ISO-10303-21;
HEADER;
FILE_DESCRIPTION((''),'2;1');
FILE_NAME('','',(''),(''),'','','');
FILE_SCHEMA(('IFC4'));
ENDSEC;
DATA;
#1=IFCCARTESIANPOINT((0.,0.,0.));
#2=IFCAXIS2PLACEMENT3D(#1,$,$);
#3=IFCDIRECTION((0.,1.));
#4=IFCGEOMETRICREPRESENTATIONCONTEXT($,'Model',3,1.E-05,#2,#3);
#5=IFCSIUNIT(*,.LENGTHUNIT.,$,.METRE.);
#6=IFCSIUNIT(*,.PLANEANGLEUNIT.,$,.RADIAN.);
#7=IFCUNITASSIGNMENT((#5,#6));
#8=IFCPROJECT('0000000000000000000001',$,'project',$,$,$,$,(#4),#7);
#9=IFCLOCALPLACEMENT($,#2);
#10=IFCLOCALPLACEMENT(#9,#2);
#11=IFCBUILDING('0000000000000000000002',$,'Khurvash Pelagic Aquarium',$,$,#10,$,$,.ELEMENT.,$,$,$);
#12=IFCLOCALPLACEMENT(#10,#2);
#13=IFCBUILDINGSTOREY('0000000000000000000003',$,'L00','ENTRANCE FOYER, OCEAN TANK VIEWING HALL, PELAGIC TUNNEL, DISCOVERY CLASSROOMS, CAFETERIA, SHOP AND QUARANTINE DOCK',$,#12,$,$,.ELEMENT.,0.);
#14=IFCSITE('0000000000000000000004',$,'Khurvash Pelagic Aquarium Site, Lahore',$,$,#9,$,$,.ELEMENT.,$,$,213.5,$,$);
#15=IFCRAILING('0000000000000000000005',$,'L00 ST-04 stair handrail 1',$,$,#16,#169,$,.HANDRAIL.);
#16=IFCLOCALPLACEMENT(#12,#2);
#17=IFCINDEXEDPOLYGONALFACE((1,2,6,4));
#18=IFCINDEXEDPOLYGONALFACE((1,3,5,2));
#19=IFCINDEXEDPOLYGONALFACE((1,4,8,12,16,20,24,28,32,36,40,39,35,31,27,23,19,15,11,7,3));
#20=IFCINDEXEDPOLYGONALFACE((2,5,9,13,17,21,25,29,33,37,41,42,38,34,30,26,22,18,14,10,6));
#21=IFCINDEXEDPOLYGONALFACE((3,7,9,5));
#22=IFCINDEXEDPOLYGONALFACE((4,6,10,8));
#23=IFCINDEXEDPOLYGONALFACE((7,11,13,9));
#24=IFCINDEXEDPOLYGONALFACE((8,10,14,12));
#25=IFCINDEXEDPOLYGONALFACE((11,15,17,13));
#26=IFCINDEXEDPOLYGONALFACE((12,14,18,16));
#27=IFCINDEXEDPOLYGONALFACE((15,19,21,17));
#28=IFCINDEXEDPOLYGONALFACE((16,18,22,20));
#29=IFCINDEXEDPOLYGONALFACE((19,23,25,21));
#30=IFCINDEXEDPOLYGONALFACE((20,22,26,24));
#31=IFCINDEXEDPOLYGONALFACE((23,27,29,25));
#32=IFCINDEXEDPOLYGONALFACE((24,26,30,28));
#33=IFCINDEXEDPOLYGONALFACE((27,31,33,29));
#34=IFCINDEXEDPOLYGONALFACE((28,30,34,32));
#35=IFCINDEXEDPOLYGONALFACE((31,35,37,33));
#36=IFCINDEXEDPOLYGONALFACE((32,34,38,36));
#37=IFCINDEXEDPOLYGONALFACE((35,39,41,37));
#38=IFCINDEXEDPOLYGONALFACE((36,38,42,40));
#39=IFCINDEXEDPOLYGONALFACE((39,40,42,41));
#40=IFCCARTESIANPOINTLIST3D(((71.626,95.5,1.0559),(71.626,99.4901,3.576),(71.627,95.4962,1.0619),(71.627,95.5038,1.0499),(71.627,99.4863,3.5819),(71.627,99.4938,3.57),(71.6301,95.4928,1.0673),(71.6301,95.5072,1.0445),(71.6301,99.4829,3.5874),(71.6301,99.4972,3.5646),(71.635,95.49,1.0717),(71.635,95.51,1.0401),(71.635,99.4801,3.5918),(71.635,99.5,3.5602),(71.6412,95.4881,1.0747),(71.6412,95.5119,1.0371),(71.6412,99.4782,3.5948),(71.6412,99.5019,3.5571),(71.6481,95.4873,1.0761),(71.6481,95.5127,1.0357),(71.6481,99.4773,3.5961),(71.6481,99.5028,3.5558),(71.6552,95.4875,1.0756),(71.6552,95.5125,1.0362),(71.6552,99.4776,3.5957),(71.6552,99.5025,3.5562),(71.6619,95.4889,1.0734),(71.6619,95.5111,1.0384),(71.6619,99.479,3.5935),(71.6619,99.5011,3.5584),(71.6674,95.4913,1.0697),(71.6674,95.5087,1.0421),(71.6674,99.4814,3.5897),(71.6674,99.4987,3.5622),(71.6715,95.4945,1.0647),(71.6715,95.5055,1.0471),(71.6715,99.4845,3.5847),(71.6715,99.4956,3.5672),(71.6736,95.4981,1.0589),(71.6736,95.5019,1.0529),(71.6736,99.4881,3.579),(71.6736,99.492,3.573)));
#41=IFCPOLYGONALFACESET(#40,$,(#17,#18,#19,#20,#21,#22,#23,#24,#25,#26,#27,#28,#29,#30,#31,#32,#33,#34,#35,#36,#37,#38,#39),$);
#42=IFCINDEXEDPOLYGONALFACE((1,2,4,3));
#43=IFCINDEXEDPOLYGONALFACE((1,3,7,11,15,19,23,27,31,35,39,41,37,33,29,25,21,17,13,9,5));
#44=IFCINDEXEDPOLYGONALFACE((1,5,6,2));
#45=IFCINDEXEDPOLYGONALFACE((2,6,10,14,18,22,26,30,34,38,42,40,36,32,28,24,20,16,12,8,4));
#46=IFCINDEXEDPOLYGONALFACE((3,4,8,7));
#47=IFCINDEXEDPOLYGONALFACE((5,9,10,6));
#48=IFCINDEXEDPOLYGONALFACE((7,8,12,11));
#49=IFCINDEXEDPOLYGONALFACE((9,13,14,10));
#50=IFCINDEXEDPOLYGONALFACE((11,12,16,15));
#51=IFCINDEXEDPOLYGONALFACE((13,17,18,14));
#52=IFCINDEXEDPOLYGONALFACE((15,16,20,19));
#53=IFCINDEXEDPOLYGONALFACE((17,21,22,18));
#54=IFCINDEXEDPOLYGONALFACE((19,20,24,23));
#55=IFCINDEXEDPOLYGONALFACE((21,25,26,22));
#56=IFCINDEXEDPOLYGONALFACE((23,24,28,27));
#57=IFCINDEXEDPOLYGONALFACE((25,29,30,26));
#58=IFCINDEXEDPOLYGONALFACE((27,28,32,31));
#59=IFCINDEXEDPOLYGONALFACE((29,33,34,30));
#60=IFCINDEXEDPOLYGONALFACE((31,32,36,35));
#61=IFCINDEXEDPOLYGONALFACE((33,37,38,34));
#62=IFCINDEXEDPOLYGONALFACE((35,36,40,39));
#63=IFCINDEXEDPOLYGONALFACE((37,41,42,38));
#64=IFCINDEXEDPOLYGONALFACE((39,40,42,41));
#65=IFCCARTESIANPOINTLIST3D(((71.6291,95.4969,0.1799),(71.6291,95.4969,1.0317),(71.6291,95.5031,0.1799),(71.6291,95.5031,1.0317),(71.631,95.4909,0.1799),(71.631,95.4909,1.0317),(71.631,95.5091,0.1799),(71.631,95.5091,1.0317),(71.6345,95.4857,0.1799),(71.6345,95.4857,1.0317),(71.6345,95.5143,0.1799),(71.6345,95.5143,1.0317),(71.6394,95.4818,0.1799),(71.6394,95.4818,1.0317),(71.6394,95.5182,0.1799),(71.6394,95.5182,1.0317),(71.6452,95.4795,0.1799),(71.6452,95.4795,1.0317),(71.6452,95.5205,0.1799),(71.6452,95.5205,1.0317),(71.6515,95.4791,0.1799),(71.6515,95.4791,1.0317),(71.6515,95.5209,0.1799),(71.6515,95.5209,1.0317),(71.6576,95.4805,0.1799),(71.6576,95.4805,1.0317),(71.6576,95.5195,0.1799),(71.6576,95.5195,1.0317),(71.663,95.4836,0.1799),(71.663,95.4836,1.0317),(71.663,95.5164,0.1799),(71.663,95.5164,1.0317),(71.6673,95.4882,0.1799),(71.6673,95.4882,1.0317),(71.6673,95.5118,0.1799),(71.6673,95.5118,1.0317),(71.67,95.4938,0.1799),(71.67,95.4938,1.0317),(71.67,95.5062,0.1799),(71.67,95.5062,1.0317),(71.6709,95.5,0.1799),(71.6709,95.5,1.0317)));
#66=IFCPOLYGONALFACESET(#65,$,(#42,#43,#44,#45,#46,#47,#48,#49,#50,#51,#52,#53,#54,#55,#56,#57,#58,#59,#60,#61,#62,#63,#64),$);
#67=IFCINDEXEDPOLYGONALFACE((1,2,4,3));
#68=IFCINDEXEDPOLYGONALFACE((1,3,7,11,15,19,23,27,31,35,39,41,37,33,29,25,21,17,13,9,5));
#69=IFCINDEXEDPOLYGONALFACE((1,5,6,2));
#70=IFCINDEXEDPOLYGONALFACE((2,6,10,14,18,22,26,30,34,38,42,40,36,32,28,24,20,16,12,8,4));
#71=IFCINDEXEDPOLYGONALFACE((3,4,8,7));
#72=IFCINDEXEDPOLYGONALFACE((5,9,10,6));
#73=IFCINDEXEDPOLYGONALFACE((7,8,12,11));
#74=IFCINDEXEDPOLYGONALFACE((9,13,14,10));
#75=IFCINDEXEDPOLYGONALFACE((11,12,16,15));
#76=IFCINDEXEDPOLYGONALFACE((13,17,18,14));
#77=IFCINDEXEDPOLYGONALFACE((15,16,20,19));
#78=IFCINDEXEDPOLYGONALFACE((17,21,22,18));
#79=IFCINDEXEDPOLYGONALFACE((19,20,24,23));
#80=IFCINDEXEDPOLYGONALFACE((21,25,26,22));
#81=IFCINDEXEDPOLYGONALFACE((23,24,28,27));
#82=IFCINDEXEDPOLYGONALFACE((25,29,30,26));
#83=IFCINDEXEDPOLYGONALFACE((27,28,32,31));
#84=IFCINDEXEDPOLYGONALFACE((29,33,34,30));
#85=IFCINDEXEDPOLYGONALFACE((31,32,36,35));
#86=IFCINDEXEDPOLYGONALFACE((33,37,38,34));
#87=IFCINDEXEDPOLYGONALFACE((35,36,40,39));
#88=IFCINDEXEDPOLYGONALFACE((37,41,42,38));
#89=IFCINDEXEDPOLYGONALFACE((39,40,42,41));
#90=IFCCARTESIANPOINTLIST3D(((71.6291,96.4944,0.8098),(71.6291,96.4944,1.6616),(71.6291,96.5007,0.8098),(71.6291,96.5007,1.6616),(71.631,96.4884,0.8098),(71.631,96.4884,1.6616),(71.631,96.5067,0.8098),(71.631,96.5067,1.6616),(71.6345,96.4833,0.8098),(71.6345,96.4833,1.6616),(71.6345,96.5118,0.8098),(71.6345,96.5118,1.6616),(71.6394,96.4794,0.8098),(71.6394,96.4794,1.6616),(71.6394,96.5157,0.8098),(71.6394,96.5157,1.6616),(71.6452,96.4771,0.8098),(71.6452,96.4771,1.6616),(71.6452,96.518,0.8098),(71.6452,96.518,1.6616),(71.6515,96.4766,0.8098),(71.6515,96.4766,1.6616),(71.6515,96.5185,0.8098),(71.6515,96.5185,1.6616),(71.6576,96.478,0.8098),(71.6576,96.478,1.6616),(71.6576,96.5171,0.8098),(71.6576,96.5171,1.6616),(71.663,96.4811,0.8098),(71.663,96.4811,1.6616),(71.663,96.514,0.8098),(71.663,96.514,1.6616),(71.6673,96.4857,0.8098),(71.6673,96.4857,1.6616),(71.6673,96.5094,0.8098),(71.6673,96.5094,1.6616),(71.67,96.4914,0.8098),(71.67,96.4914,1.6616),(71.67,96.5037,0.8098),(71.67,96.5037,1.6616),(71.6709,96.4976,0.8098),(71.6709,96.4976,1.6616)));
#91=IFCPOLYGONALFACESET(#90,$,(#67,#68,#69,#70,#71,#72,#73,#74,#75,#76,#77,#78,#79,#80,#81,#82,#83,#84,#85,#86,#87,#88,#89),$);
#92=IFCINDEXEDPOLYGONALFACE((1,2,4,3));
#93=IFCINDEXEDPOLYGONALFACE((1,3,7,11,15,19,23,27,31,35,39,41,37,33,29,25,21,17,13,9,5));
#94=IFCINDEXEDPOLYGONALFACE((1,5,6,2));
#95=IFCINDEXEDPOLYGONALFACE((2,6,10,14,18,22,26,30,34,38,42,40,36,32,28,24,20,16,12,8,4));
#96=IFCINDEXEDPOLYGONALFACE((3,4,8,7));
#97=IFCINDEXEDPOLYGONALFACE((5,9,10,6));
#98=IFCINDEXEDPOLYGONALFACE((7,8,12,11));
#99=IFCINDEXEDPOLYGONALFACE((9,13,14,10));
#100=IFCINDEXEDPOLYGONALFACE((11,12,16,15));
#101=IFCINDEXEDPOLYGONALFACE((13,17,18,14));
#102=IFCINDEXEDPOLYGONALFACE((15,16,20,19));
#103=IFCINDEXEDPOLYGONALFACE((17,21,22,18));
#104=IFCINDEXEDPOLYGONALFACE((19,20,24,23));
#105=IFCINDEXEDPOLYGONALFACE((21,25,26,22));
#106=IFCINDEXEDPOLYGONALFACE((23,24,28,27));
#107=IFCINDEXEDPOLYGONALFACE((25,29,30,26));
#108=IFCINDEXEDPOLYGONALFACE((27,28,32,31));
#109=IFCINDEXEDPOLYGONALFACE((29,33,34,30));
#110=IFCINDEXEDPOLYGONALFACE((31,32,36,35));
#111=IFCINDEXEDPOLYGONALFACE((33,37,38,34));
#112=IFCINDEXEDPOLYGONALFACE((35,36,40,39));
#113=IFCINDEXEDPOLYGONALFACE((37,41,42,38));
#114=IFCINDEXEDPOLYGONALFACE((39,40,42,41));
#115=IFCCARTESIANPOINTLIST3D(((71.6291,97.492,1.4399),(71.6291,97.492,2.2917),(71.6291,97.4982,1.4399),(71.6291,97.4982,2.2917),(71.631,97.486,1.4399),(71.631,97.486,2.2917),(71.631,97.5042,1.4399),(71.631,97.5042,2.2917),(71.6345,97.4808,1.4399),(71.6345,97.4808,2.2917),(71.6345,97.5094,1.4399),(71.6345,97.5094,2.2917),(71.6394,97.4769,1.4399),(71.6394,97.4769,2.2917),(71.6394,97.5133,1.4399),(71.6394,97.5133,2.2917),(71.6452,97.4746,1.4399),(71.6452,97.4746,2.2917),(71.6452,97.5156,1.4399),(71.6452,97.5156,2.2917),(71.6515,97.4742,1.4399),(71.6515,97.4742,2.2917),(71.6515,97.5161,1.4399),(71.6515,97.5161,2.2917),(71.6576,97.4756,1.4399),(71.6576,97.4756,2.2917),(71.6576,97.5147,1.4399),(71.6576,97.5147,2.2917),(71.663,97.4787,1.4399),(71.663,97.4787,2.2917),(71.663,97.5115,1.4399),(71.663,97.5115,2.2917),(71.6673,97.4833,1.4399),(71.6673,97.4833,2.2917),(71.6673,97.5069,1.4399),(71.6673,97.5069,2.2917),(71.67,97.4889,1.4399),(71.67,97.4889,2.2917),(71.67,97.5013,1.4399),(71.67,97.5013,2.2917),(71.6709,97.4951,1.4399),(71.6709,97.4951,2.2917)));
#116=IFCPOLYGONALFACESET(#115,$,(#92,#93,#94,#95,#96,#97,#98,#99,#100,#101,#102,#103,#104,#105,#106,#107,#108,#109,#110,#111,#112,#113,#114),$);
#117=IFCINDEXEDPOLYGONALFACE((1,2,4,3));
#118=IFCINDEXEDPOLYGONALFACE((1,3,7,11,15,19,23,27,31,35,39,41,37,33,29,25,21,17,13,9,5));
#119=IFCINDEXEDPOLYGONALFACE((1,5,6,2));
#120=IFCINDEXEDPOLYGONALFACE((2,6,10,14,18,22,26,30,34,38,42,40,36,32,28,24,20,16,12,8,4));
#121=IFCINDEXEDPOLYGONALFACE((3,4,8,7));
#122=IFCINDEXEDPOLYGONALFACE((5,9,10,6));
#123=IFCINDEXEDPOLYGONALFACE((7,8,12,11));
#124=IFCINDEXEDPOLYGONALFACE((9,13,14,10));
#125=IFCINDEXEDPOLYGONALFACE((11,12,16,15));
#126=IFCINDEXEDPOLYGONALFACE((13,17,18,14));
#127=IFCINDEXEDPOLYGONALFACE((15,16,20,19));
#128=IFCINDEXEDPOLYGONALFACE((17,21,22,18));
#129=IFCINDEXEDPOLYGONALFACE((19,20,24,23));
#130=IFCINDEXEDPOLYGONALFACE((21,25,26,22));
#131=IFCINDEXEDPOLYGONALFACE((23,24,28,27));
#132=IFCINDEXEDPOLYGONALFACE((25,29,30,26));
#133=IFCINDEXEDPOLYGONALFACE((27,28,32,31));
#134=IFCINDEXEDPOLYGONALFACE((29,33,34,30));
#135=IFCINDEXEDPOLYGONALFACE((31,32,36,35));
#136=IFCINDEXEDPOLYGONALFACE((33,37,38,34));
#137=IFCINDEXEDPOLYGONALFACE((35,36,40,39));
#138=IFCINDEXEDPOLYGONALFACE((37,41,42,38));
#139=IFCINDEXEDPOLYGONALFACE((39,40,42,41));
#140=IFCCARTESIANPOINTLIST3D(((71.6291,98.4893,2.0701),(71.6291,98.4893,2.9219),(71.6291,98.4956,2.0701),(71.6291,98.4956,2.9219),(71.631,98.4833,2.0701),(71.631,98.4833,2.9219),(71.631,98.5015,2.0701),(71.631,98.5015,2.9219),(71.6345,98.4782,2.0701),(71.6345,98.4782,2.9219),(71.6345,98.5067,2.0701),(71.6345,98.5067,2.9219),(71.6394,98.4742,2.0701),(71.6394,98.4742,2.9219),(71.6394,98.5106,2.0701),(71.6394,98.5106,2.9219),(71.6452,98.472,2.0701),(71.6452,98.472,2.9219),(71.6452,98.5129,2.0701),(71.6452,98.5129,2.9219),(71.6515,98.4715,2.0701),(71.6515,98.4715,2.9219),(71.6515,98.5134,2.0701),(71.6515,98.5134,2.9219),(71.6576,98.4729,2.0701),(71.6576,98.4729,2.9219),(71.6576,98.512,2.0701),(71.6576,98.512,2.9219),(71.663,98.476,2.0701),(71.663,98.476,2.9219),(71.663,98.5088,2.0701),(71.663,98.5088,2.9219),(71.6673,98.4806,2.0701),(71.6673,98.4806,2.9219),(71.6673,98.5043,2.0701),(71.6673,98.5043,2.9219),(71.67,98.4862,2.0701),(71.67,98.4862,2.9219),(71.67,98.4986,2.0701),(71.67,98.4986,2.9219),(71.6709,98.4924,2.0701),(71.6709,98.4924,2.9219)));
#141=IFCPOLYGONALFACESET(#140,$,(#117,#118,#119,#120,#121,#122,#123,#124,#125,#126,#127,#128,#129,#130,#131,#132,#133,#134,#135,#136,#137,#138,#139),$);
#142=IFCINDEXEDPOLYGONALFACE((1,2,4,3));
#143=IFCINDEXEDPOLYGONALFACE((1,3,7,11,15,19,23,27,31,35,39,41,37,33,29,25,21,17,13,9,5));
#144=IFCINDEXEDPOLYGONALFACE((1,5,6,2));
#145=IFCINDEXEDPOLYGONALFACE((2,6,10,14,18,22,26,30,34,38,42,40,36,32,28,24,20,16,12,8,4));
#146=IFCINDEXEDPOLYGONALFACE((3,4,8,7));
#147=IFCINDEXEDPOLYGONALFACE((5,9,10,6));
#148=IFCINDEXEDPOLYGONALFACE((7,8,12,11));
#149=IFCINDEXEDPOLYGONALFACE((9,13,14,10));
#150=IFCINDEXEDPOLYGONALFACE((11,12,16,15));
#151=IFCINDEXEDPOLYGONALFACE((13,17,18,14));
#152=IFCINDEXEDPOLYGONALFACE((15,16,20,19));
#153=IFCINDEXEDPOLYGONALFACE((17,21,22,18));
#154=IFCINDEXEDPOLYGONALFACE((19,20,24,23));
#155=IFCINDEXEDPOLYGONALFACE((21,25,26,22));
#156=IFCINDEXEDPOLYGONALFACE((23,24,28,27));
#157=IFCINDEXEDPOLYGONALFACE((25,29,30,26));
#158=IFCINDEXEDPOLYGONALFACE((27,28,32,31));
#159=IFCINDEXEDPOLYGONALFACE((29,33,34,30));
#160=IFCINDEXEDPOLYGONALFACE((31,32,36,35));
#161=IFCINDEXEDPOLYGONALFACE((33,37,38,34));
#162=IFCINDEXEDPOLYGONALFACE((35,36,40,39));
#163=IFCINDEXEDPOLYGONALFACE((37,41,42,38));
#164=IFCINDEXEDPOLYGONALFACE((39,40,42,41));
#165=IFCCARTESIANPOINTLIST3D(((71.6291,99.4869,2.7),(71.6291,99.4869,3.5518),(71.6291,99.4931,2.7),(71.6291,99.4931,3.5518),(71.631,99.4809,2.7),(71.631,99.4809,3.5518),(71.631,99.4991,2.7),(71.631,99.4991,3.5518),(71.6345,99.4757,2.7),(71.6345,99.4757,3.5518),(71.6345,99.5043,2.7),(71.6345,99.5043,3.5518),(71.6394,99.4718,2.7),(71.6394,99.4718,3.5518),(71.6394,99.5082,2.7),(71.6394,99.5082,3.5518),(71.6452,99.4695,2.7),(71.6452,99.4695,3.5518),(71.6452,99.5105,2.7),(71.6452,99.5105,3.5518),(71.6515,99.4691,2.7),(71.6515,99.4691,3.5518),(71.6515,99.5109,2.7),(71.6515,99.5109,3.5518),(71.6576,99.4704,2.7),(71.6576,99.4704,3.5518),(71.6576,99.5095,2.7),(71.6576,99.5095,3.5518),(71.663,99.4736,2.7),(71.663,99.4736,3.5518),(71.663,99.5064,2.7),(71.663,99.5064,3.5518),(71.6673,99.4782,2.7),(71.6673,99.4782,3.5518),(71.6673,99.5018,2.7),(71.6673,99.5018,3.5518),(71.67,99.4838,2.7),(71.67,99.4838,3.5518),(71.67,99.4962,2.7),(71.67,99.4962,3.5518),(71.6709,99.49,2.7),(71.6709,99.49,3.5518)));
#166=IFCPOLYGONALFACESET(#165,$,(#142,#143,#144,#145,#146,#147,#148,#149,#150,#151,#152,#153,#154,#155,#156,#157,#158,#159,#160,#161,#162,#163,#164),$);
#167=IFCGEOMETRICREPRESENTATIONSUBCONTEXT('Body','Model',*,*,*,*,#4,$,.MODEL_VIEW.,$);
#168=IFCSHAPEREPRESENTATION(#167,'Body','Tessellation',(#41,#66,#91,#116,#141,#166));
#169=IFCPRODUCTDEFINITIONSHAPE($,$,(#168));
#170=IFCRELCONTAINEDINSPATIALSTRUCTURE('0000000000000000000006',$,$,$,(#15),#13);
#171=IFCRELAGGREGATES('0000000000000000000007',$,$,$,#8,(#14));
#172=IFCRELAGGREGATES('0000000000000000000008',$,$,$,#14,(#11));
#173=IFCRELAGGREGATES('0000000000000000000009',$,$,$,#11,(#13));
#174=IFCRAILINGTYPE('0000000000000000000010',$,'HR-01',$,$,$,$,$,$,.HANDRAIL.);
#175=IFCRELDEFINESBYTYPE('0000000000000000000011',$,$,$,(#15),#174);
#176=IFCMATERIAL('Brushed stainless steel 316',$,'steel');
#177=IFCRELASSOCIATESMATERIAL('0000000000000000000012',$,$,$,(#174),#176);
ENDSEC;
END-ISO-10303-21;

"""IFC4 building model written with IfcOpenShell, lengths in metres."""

from ifc_helpers import new_model, si_unit, direction, frame, origin, origin_2d, place, context, subcontext, project, spatial, circle, extrude, material, type_object, element, save


model = new_model("IFC4")

# Units and contexts
model_context = context("Model", 3, precision=1e-05, world=origin(), true_north=direction((0.0, 1.0)))
body_context = subcontext(model_context, "Body", "Model", "MODEL_VIEW")
ifc_project = project(units=[si_unit("LENGTHUNIT", "METRE"), si_unit("PLANEANGLEUNIT", "RADIAN")], contexts=[model_context])

# Site, building, storey
site_placement = place(None, origin())
site = spatial("IfcSite", under=ifc_project, at=site_placement, Name="Khurvash Pelagic Aquarium Site, Lahore", CompositionType="ELEMENT", RefElevation=213.5)
building_placement = place(site_placement, origin())
building = spatial("IfcBuilding", under=site, at=building_placement, Name="Khurvash Pelagic Aquarium", CompositionType="ELEMENT")
storey_placement = place(building_placement, origin())
storey = spatial("IfcBuildingStorey", under=building, at=storey_placement, Name="L00", Description="ENTRANCE FOYER, OCEAN TANK VIEWING HALL, PELAGIC TUNNEL, DISCOVERY CLASSROOMS, CAFETERIA, SHOP AND QUARANTINE DOCK", CompositionType="ELEMENT", Elevation=0.0)

# Railing
ifc_material_1 = material(Name="Brushed stainless steel 316", Category="steel")
railing_type_1 = type_object("IfcRailingType", Name="HR-01", PredefinedType="HANDRAIL", material=ifc_material_1)
railing_1_placement = place(storey_placement, frame((71.6499, 95.5, 0.1799)))
element("IfcRailing", 1, at=railing_1_placement, inside=storey, type_object=railing_type_1, Name="L00 ST-04 stair handrail 1", PredefinedType="HANDRAIL", context=body_context, shape_type="SweptSolid", body=[
    extrude(circle(Radius=0.0239, at=origin_2d()), frame((0.0, 0.0, 0.876), z_axis=(0.0, 0.845486, 0.533997), x_axis=(-1.0, 0.0, 0.0)), (0.0, 0.0, 1.0), 4.7192),
    extrude(circle(Radius=0.021, at=origin_2d()), origin(), (0.0, 0.0, 1.0), 0.8518),
    extrude(circle(Radius=0.021, at=origin_2d()), frame((0.0, 0.9976, 0.6299)), (0.0, 0.0, 1.0), 0.8518),
    extrude(circle(Radius=0.021, at=origin_2d()), frame((0.0, 1.9951, 1.26)), (0.0, 0.0, 1.0), 0.8518),
    extrude(circle(Radius=0.021, at=origin_2d()), frame((0.0, 2.9924, 1.8901)), (0.0, 0.0, 1.0), 0.8518),
    extrude(circle(Radius=0.021, at=origin_2d()), frame((0.0, 3.99, 2.52)), (0.0, 0.0, 1.0), 0.8518),
])

save(model, "model.ifc")
